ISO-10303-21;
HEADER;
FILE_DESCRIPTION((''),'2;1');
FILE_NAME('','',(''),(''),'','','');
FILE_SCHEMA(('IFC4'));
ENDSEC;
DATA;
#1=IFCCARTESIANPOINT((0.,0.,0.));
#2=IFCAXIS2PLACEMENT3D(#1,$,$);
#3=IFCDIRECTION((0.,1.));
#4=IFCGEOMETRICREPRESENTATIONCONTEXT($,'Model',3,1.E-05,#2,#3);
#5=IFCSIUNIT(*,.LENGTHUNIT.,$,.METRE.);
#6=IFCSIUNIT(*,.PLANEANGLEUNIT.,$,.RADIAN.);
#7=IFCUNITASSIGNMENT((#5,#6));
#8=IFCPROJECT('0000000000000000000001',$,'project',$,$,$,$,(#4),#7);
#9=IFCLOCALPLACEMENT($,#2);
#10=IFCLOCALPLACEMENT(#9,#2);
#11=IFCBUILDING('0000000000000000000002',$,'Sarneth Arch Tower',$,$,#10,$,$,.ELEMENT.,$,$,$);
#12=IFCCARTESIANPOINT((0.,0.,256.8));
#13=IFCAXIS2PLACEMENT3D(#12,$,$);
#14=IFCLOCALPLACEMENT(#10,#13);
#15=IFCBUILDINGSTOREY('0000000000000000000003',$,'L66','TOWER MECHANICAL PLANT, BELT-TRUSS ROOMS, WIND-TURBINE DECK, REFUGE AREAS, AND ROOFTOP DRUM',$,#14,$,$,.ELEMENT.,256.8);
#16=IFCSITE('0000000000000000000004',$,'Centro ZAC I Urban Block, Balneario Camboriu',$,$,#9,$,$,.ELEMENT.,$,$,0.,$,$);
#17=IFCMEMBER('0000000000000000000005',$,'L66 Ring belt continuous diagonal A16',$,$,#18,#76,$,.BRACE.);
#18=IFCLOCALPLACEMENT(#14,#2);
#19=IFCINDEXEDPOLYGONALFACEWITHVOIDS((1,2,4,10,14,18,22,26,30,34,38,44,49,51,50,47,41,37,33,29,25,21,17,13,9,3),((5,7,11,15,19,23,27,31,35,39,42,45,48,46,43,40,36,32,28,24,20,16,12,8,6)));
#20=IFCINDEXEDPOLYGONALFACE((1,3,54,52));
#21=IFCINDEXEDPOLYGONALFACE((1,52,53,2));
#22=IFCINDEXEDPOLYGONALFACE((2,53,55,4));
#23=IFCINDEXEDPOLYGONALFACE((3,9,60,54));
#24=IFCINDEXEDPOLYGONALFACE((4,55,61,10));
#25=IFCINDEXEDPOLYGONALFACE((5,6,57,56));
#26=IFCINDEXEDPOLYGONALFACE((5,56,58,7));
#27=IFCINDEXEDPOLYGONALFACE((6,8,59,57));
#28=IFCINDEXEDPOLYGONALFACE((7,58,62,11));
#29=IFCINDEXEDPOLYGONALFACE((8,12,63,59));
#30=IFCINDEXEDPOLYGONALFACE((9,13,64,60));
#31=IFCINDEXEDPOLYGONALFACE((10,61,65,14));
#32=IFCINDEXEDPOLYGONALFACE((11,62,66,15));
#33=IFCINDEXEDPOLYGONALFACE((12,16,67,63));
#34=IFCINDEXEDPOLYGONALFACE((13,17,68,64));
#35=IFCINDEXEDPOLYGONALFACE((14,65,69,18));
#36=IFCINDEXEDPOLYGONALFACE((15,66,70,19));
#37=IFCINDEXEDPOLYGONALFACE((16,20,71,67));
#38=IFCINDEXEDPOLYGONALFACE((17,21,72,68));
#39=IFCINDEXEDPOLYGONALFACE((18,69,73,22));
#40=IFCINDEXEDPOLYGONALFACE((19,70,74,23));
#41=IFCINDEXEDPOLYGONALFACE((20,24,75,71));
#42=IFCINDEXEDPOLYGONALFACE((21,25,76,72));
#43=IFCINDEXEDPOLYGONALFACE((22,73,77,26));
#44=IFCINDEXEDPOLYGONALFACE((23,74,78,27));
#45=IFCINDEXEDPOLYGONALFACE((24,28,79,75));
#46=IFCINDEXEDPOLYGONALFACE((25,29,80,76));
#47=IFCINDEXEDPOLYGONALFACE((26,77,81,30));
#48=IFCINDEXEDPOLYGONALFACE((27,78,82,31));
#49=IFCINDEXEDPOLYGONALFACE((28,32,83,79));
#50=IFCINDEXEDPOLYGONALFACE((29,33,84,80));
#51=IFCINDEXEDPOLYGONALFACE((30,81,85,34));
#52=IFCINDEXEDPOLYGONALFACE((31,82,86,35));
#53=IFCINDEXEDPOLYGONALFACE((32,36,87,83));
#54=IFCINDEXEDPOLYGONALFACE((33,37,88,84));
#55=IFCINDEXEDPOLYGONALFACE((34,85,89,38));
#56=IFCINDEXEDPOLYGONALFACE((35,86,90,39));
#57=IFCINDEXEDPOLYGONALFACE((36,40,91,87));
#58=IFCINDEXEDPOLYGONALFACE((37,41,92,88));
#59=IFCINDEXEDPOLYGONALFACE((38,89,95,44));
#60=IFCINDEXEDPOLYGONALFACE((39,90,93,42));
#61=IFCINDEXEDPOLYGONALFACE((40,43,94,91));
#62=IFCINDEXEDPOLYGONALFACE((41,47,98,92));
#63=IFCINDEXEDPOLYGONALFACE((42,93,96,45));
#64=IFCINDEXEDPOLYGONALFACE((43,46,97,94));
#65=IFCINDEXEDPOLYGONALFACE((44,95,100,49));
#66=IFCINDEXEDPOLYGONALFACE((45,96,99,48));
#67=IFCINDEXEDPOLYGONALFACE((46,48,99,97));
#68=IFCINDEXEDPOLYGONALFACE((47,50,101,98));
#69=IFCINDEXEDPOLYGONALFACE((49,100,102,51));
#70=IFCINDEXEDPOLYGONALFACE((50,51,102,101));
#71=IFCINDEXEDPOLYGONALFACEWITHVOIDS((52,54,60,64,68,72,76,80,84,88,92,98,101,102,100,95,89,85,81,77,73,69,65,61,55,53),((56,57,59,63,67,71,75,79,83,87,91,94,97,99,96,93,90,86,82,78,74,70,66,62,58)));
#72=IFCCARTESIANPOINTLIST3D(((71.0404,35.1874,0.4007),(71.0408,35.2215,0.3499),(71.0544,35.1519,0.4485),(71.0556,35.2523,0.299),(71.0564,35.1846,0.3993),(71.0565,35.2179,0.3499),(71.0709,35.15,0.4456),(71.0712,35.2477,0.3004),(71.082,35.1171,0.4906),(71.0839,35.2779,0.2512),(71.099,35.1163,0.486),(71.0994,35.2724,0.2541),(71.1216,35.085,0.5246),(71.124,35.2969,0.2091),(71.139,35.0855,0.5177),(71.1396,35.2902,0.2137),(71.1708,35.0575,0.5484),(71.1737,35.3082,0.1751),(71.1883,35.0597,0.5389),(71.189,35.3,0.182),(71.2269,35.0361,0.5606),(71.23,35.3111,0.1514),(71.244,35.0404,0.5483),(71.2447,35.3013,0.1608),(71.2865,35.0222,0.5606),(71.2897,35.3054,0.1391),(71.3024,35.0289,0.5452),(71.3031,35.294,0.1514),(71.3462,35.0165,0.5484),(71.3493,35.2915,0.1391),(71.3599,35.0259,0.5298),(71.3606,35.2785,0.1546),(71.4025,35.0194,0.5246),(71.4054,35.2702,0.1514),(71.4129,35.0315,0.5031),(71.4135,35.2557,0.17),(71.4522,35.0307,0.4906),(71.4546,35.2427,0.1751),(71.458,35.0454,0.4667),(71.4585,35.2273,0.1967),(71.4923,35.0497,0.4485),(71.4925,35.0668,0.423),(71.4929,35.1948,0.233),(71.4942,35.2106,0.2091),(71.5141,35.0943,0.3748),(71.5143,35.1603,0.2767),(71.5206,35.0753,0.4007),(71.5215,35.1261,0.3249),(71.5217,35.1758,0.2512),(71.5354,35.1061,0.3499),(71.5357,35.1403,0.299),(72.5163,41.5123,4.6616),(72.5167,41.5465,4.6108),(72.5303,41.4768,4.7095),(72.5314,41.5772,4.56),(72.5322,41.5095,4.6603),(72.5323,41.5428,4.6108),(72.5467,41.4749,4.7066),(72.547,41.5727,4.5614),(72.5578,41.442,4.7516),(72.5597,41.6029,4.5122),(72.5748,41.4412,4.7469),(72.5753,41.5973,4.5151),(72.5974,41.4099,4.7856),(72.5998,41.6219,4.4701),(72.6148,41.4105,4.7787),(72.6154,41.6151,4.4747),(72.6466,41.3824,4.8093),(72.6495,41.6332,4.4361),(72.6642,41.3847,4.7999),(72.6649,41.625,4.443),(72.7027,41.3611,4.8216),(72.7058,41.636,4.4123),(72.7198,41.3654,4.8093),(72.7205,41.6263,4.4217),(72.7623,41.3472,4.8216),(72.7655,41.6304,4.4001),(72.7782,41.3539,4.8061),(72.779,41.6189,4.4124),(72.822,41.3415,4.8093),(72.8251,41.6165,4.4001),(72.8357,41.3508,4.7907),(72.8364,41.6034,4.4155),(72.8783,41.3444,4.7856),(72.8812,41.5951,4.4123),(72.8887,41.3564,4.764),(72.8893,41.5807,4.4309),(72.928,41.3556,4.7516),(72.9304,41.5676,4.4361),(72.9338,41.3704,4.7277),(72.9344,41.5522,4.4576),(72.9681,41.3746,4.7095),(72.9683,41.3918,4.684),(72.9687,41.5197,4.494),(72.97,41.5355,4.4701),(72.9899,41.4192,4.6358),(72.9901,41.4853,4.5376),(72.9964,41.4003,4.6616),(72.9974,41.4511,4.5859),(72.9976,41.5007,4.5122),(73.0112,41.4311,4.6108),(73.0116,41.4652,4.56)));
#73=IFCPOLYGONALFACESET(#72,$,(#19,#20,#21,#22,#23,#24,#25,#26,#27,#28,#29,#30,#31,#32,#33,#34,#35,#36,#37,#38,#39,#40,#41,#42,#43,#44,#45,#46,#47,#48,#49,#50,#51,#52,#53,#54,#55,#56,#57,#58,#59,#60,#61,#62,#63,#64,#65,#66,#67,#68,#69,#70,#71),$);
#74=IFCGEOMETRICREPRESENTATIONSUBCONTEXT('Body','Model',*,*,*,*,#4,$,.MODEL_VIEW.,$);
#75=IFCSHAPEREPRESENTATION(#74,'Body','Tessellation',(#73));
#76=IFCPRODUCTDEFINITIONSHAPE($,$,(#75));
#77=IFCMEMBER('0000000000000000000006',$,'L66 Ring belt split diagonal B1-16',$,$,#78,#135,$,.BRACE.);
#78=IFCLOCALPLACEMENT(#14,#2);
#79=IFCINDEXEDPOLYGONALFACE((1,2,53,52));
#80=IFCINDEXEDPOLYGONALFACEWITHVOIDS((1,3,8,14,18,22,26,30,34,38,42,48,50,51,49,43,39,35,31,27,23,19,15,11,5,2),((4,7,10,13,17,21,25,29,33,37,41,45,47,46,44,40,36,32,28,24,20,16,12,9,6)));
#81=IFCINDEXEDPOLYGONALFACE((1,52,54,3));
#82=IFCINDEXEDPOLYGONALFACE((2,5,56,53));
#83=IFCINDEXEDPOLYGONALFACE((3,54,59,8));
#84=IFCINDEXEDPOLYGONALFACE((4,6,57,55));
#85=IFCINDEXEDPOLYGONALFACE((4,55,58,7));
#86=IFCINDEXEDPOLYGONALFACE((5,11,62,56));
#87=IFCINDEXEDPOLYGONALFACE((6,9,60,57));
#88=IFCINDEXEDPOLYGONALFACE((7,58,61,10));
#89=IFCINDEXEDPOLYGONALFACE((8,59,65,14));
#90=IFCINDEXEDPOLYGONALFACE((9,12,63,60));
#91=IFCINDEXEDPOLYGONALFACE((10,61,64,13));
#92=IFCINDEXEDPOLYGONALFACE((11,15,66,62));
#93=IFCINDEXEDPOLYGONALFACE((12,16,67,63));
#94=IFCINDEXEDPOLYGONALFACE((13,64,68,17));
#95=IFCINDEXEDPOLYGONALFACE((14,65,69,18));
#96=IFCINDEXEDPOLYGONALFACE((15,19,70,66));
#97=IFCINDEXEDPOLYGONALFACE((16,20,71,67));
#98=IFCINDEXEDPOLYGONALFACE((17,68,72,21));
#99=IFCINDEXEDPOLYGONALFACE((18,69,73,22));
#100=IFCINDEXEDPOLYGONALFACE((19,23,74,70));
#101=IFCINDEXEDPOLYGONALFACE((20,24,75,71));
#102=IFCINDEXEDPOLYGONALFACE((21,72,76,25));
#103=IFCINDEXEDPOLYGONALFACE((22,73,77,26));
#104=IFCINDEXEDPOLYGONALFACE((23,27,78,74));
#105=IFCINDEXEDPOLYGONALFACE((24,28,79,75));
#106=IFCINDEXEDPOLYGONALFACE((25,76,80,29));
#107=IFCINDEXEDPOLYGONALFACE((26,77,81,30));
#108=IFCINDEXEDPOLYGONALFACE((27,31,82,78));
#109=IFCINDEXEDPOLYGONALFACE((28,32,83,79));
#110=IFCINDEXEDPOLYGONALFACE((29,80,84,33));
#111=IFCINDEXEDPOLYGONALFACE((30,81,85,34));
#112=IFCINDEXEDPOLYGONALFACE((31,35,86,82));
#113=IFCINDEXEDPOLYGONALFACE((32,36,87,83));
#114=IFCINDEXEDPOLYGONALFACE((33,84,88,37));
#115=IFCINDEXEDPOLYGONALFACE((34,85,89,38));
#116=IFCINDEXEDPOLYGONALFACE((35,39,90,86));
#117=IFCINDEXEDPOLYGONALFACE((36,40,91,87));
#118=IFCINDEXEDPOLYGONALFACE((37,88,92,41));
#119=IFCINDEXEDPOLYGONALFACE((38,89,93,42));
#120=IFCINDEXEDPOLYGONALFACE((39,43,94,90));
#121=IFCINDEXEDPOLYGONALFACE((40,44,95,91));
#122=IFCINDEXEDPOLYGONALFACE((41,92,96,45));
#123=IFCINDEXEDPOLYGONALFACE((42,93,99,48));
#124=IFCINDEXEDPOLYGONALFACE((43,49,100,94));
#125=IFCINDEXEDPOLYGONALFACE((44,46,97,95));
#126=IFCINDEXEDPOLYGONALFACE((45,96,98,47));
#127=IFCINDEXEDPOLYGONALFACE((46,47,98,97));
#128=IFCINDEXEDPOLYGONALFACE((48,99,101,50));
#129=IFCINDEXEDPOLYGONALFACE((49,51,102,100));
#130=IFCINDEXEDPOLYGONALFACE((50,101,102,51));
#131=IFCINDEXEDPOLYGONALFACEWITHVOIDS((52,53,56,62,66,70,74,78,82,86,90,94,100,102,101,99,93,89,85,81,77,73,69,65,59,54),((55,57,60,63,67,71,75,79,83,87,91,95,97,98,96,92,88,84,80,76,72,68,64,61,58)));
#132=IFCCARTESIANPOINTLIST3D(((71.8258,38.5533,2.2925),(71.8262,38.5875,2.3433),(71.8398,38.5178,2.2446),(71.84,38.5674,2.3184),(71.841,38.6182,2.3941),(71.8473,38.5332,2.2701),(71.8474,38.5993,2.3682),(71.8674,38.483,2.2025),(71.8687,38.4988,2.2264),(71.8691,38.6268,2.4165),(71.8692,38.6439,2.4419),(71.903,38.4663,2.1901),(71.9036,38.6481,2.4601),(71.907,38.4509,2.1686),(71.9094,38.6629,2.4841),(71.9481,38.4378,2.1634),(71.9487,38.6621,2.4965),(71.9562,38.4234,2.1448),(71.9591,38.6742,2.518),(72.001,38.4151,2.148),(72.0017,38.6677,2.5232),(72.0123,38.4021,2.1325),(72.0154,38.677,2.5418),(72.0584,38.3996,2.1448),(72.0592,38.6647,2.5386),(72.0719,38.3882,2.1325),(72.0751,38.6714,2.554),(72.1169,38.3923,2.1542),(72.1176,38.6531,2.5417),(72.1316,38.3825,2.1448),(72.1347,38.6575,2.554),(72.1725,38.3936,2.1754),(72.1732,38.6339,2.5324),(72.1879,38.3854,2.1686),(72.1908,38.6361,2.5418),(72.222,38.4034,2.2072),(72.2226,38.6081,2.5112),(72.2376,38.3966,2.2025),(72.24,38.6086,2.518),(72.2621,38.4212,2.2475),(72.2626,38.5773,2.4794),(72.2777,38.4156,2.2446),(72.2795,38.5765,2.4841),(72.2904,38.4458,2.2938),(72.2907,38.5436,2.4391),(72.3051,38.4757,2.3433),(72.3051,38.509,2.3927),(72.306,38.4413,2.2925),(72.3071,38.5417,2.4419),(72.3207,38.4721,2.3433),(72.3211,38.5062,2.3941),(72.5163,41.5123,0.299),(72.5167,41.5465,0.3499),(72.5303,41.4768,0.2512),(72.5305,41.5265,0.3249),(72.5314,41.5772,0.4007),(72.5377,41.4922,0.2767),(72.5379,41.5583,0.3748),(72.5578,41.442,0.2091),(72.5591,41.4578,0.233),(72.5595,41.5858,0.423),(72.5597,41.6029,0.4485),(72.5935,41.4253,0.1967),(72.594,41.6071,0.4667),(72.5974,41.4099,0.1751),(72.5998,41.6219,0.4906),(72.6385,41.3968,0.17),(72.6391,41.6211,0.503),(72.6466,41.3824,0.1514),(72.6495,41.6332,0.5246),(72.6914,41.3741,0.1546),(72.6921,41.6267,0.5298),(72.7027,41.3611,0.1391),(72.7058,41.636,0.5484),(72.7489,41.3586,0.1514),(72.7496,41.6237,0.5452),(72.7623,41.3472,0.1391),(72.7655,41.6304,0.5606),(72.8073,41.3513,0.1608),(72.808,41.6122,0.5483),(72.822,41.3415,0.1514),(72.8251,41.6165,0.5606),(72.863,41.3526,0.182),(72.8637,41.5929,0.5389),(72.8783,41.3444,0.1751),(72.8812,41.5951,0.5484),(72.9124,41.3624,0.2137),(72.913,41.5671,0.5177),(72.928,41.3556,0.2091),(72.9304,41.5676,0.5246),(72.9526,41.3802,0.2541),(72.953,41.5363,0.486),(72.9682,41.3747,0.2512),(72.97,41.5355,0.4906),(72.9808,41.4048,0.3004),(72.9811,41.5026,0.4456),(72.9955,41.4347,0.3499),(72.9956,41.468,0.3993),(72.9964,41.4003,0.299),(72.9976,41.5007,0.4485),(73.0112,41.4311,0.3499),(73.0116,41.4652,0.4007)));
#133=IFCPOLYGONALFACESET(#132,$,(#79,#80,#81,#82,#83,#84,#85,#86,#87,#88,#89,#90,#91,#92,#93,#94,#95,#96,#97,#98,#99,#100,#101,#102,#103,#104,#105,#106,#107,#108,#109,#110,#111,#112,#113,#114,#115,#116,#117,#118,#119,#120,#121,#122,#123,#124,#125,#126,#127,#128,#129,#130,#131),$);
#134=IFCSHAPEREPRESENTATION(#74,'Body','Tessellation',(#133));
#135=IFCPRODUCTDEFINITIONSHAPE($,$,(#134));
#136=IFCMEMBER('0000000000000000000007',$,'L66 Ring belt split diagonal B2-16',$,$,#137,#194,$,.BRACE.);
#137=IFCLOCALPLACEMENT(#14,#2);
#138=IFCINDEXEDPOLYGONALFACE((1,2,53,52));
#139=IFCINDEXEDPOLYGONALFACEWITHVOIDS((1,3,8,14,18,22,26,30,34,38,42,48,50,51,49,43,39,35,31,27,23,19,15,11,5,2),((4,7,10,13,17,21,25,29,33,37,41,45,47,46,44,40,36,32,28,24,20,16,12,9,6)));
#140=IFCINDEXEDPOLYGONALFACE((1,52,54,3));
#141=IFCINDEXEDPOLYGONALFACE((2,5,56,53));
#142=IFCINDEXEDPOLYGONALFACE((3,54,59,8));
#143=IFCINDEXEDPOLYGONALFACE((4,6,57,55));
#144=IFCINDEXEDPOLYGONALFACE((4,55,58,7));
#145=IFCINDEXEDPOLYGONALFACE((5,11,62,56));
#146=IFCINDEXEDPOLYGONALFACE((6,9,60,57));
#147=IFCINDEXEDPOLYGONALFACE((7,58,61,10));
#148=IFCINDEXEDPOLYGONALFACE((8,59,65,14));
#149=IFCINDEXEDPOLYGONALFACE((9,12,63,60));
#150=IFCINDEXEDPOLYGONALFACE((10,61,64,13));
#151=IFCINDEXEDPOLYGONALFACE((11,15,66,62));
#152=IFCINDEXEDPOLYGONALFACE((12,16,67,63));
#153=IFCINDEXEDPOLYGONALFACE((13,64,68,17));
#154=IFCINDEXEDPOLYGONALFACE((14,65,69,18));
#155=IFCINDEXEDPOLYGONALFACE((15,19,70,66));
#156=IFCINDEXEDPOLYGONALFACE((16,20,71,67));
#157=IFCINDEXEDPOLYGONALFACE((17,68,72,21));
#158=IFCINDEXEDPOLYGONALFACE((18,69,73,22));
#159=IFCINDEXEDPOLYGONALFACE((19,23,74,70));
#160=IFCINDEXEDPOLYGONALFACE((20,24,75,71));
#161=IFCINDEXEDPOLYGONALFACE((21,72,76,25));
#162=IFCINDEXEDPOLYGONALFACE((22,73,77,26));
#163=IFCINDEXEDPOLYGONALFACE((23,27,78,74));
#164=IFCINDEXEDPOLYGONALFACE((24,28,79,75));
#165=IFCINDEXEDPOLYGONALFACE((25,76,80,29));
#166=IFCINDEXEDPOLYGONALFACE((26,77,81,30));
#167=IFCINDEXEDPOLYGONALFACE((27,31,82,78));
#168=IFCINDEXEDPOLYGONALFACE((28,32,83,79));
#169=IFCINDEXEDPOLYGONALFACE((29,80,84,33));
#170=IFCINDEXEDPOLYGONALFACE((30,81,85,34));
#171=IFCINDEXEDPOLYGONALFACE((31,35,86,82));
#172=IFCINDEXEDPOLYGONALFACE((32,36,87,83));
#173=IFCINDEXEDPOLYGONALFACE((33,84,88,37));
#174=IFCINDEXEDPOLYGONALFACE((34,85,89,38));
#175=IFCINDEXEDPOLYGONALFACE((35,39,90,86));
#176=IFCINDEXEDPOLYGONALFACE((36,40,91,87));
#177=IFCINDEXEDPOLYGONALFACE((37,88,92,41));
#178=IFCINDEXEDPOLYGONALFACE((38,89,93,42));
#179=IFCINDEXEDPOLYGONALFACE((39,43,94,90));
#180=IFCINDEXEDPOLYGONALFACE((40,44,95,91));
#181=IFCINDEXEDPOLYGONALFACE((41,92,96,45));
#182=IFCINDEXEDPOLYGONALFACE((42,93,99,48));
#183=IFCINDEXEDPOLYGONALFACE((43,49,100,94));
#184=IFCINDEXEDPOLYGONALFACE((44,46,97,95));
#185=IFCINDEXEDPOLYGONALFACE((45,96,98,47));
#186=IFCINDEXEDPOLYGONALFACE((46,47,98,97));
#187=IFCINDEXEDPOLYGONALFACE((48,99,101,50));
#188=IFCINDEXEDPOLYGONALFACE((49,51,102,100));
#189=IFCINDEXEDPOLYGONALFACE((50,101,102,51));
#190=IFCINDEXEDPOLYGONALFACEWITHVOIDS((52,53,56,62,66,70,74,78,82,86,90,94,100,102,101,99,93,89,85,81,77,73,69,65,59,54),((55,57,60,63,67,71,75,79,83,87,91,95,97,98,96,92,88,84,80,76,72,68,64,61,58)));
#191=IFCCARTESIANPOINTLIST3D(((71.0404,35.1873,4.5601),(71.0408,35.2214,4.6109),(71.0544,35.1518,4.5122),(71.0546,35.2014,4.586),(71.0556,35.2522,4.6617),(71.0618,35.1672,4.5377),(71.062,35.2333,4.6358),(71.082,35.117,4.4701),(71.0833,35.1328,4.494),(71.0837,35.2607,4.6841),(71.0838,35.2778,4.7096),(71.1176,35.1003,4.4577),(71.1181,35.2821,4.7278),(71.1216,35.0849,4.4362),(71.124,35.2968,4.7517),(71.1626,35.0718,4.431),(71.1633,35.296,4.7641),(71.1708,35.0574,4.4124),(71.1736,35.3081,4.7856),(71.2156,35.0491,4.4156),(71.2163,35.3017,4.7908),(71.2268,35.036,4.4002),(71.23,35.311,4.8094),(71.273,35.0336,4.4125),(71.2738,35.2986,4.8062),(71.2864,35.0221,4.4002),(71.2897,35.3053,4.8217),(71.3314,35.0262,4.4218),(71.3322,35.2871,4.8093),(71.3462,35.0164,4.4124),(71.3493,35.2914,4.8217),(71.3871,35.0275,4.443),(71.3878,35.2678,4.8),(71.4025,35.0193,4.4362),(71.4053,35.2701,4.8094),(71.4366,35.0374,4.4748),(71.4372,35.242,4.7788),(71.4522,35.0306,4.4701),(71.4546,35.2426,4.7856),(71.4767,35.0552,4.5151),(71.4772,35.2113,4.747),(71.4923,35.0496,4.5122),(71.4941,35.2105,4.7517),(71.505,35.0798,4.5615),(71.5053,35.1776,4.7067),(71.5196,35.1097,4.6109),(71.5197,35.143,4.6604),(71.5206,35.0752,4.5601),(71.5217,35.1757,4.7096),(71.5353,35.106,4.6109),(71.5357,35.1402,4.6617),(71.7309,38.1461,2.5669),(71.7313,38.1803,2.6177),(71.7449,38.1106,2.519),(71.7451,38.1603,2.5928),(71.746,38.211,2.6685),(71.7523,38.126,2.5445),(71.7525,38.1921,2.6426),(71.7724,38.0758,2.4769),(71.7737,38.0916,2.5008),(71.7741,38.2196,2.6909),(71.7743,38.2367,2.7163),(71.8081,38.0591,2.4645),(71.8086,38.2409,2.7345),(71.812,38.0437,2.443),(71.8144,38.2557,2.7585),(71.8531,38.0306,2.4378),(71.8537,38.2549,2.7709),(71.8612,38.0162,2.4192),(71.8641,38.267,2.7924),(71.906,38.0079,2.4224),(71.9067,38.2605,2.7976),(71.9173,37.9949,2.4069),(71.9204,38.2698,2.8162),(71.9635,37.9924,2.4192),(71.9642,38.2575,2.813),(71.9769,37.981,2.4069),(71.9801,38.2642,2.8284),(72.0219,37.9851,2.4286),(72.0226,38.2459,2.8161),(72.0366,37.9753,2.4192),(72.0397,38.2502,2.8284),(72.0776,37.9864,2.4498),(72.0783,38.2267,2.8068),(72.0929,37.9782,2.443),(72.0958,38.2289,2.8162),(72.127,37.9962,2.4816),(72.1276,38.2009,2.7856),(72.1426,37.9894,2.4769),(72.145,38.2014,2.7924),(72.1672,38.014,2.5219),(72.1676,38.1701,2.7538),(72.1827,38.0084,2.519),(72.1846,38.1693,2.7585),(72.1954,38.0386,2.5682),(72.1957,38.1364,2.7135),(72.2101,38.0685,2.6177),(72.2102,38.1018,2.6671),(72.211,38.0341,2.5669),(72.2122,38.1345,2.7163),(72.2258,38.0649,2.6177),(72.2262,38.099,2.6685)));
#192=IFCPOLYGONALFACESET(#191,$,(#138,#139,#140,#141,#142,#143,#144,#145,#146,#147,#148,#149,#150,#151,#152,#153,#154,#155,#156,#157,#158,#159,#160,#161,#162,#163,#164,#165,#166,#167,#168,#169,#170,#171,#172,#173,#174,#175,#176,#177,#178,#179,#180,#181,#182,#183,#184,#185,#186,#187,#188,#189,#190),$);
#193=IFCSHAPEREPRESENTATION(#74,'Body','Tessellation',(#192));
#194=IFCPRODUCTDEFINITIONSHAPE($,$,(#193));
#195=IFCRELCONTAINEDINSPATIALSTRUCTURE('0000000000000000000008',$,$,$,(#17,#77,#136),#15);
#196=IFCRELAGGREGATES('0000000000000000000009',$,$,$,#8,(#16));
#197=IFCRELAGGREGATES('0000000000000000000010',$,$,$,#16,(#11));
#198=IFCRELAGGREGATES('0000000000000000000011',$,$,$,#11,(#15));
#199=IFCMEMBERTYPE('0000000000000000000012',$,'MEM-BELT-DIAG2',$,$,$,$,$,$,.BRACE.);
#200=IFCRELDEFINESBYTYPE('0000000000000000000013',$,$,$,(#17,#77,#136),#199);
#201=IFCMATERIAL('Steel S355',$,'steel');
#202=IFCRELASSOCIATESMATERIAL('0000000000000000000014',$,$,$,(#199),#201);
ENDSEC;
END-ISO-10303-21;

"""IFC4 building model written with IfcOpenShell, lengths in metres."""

from ifc_helpers import new_model, si_unit, direction, frame, origin, origin_2d, place, context, subcontext, project, spatial, hollow_circle, extrude, material, material_profile, profile_set, type_object, element, save


model = new_model("IFC4")

# Units and contexts
model_context = context("Model", 3, precision=1e-05, world=origin(), true_north=direction((0.0, 1.0)))
body_context = subcontext(model_context, "Body", "Model", "MODEL_VIEW")
ifc_project = project(units=[si_unit("LENGTHUNIT", "METRE"), si_unit("PLANEANGLEUNIT", "RADIAN")], contexts=[model_context])

# Site, building, storey
site_placement = place(None, origin())
site = spatial("IfcSite", under=ifc_project, at=site_placement, Name="Centro ZAC I Urban Block, Balneario Camboriu", CompositionType="ELEMENT", RefElevation=0.0)
building_placement = place(site_placement, origin())
building = spatial("IfcBuilding", under=site, at=building_placement, Name="Sarneth Arch Tower", CompositionType="ELEMENT")
storey_placement = place(building_placement, frame((0.0, 0.0, 256.8)))
storey = spatial("IfcBuildingStorey", under=building, at=storey_placement, Name="L66", Description="TOWER MECHANICAL PLANT, BELT-TRUSS ROOMS, WIND-TURBINE DECK, REFUGE AREAS, AND ROOFTOP DRUM", CompositionType="ELEMENT", Elevation=256.8)

# Members
ifc_material_1 = material(Name="Steel S355", Category="steel")
ifc_material_profile_1 = material_profile(ifc_material_1, hollow_circle(Radius=0.2539, WallThickness=0.0161, at=origin_2d()), Name="CHS508x16")
ifc_profile_set_1 = profile_set([ifc_material_profile_1], Name="Steel S355")
member_type_1 = type_object("IfcMemberType", Name="MEM-BELT-DIAG2", PredefinedType="BRACE", material=ifc_profile_set_1)
member_1_placement = place(storey_placement, frame((71.2881, 35.1638, 0.3499), z_axis=(0.189993, 0.81425, 0.548543), x_axis=(-0.973841, 0.227231, 0.0)))
element("IfcMember", 1, at=member_1_placement, inside=storey, type_object=member_type_1, Name="L66 Ring belt continuous diagonal A16", PredefinedType="BRACE", context=body_context, shape_type="SweptSolid", body=[
    extrude(hollow_circle(Radius=0.2539, WallThickness=0.0161, at=origin_2d()), origin(), (0.0, 0.0, 1.0), 7.7678),
])
member_2_placement = place(storey_placement, frame((72.7639, 41.4888, 0.3499), z_axis=(-0.189992, -0.81425, 0.548544), x_axis=(0.973841, -0.22723, 0.0)))
element("IfcMember", 2, at=member_2_placement, inside=storey, type_object=member_type_1, Name="L66 Ring belt split diagonal B1-16", PredefinedType="BRACE", context=body_context, shape_type="SweptSolid", body=[
    extrude(hollow_circle(Radius=0.2539, WallThickness=0.0161, at=origin_2d()), origin(), (0.0, 0.0, 1.0), 3.634),
])
member_3_placement = place(storey_placement, frame((71.9785, 38.1226, 2.6177), z_axis=(-0.190009, -0.814257, 0.548527), x_axis=(0.973837, -0.227247, 0.0)))
element("IfcMember", 3, at=member_3_placement, inside=storey, type_object=member_type_1, Name="L66 Ring belt split diagonal B2-16", PredefinedType="BRACE", context=body_context, shape_type="SweptSolid", body=[
    extrude(hollow_circle(Radius=0.2539, WallThickness=0.0161, at=origin_2d()), origin(), (0.0, 0.0, 1.0), 3.6338),
])

save(model, "model.ifc")
